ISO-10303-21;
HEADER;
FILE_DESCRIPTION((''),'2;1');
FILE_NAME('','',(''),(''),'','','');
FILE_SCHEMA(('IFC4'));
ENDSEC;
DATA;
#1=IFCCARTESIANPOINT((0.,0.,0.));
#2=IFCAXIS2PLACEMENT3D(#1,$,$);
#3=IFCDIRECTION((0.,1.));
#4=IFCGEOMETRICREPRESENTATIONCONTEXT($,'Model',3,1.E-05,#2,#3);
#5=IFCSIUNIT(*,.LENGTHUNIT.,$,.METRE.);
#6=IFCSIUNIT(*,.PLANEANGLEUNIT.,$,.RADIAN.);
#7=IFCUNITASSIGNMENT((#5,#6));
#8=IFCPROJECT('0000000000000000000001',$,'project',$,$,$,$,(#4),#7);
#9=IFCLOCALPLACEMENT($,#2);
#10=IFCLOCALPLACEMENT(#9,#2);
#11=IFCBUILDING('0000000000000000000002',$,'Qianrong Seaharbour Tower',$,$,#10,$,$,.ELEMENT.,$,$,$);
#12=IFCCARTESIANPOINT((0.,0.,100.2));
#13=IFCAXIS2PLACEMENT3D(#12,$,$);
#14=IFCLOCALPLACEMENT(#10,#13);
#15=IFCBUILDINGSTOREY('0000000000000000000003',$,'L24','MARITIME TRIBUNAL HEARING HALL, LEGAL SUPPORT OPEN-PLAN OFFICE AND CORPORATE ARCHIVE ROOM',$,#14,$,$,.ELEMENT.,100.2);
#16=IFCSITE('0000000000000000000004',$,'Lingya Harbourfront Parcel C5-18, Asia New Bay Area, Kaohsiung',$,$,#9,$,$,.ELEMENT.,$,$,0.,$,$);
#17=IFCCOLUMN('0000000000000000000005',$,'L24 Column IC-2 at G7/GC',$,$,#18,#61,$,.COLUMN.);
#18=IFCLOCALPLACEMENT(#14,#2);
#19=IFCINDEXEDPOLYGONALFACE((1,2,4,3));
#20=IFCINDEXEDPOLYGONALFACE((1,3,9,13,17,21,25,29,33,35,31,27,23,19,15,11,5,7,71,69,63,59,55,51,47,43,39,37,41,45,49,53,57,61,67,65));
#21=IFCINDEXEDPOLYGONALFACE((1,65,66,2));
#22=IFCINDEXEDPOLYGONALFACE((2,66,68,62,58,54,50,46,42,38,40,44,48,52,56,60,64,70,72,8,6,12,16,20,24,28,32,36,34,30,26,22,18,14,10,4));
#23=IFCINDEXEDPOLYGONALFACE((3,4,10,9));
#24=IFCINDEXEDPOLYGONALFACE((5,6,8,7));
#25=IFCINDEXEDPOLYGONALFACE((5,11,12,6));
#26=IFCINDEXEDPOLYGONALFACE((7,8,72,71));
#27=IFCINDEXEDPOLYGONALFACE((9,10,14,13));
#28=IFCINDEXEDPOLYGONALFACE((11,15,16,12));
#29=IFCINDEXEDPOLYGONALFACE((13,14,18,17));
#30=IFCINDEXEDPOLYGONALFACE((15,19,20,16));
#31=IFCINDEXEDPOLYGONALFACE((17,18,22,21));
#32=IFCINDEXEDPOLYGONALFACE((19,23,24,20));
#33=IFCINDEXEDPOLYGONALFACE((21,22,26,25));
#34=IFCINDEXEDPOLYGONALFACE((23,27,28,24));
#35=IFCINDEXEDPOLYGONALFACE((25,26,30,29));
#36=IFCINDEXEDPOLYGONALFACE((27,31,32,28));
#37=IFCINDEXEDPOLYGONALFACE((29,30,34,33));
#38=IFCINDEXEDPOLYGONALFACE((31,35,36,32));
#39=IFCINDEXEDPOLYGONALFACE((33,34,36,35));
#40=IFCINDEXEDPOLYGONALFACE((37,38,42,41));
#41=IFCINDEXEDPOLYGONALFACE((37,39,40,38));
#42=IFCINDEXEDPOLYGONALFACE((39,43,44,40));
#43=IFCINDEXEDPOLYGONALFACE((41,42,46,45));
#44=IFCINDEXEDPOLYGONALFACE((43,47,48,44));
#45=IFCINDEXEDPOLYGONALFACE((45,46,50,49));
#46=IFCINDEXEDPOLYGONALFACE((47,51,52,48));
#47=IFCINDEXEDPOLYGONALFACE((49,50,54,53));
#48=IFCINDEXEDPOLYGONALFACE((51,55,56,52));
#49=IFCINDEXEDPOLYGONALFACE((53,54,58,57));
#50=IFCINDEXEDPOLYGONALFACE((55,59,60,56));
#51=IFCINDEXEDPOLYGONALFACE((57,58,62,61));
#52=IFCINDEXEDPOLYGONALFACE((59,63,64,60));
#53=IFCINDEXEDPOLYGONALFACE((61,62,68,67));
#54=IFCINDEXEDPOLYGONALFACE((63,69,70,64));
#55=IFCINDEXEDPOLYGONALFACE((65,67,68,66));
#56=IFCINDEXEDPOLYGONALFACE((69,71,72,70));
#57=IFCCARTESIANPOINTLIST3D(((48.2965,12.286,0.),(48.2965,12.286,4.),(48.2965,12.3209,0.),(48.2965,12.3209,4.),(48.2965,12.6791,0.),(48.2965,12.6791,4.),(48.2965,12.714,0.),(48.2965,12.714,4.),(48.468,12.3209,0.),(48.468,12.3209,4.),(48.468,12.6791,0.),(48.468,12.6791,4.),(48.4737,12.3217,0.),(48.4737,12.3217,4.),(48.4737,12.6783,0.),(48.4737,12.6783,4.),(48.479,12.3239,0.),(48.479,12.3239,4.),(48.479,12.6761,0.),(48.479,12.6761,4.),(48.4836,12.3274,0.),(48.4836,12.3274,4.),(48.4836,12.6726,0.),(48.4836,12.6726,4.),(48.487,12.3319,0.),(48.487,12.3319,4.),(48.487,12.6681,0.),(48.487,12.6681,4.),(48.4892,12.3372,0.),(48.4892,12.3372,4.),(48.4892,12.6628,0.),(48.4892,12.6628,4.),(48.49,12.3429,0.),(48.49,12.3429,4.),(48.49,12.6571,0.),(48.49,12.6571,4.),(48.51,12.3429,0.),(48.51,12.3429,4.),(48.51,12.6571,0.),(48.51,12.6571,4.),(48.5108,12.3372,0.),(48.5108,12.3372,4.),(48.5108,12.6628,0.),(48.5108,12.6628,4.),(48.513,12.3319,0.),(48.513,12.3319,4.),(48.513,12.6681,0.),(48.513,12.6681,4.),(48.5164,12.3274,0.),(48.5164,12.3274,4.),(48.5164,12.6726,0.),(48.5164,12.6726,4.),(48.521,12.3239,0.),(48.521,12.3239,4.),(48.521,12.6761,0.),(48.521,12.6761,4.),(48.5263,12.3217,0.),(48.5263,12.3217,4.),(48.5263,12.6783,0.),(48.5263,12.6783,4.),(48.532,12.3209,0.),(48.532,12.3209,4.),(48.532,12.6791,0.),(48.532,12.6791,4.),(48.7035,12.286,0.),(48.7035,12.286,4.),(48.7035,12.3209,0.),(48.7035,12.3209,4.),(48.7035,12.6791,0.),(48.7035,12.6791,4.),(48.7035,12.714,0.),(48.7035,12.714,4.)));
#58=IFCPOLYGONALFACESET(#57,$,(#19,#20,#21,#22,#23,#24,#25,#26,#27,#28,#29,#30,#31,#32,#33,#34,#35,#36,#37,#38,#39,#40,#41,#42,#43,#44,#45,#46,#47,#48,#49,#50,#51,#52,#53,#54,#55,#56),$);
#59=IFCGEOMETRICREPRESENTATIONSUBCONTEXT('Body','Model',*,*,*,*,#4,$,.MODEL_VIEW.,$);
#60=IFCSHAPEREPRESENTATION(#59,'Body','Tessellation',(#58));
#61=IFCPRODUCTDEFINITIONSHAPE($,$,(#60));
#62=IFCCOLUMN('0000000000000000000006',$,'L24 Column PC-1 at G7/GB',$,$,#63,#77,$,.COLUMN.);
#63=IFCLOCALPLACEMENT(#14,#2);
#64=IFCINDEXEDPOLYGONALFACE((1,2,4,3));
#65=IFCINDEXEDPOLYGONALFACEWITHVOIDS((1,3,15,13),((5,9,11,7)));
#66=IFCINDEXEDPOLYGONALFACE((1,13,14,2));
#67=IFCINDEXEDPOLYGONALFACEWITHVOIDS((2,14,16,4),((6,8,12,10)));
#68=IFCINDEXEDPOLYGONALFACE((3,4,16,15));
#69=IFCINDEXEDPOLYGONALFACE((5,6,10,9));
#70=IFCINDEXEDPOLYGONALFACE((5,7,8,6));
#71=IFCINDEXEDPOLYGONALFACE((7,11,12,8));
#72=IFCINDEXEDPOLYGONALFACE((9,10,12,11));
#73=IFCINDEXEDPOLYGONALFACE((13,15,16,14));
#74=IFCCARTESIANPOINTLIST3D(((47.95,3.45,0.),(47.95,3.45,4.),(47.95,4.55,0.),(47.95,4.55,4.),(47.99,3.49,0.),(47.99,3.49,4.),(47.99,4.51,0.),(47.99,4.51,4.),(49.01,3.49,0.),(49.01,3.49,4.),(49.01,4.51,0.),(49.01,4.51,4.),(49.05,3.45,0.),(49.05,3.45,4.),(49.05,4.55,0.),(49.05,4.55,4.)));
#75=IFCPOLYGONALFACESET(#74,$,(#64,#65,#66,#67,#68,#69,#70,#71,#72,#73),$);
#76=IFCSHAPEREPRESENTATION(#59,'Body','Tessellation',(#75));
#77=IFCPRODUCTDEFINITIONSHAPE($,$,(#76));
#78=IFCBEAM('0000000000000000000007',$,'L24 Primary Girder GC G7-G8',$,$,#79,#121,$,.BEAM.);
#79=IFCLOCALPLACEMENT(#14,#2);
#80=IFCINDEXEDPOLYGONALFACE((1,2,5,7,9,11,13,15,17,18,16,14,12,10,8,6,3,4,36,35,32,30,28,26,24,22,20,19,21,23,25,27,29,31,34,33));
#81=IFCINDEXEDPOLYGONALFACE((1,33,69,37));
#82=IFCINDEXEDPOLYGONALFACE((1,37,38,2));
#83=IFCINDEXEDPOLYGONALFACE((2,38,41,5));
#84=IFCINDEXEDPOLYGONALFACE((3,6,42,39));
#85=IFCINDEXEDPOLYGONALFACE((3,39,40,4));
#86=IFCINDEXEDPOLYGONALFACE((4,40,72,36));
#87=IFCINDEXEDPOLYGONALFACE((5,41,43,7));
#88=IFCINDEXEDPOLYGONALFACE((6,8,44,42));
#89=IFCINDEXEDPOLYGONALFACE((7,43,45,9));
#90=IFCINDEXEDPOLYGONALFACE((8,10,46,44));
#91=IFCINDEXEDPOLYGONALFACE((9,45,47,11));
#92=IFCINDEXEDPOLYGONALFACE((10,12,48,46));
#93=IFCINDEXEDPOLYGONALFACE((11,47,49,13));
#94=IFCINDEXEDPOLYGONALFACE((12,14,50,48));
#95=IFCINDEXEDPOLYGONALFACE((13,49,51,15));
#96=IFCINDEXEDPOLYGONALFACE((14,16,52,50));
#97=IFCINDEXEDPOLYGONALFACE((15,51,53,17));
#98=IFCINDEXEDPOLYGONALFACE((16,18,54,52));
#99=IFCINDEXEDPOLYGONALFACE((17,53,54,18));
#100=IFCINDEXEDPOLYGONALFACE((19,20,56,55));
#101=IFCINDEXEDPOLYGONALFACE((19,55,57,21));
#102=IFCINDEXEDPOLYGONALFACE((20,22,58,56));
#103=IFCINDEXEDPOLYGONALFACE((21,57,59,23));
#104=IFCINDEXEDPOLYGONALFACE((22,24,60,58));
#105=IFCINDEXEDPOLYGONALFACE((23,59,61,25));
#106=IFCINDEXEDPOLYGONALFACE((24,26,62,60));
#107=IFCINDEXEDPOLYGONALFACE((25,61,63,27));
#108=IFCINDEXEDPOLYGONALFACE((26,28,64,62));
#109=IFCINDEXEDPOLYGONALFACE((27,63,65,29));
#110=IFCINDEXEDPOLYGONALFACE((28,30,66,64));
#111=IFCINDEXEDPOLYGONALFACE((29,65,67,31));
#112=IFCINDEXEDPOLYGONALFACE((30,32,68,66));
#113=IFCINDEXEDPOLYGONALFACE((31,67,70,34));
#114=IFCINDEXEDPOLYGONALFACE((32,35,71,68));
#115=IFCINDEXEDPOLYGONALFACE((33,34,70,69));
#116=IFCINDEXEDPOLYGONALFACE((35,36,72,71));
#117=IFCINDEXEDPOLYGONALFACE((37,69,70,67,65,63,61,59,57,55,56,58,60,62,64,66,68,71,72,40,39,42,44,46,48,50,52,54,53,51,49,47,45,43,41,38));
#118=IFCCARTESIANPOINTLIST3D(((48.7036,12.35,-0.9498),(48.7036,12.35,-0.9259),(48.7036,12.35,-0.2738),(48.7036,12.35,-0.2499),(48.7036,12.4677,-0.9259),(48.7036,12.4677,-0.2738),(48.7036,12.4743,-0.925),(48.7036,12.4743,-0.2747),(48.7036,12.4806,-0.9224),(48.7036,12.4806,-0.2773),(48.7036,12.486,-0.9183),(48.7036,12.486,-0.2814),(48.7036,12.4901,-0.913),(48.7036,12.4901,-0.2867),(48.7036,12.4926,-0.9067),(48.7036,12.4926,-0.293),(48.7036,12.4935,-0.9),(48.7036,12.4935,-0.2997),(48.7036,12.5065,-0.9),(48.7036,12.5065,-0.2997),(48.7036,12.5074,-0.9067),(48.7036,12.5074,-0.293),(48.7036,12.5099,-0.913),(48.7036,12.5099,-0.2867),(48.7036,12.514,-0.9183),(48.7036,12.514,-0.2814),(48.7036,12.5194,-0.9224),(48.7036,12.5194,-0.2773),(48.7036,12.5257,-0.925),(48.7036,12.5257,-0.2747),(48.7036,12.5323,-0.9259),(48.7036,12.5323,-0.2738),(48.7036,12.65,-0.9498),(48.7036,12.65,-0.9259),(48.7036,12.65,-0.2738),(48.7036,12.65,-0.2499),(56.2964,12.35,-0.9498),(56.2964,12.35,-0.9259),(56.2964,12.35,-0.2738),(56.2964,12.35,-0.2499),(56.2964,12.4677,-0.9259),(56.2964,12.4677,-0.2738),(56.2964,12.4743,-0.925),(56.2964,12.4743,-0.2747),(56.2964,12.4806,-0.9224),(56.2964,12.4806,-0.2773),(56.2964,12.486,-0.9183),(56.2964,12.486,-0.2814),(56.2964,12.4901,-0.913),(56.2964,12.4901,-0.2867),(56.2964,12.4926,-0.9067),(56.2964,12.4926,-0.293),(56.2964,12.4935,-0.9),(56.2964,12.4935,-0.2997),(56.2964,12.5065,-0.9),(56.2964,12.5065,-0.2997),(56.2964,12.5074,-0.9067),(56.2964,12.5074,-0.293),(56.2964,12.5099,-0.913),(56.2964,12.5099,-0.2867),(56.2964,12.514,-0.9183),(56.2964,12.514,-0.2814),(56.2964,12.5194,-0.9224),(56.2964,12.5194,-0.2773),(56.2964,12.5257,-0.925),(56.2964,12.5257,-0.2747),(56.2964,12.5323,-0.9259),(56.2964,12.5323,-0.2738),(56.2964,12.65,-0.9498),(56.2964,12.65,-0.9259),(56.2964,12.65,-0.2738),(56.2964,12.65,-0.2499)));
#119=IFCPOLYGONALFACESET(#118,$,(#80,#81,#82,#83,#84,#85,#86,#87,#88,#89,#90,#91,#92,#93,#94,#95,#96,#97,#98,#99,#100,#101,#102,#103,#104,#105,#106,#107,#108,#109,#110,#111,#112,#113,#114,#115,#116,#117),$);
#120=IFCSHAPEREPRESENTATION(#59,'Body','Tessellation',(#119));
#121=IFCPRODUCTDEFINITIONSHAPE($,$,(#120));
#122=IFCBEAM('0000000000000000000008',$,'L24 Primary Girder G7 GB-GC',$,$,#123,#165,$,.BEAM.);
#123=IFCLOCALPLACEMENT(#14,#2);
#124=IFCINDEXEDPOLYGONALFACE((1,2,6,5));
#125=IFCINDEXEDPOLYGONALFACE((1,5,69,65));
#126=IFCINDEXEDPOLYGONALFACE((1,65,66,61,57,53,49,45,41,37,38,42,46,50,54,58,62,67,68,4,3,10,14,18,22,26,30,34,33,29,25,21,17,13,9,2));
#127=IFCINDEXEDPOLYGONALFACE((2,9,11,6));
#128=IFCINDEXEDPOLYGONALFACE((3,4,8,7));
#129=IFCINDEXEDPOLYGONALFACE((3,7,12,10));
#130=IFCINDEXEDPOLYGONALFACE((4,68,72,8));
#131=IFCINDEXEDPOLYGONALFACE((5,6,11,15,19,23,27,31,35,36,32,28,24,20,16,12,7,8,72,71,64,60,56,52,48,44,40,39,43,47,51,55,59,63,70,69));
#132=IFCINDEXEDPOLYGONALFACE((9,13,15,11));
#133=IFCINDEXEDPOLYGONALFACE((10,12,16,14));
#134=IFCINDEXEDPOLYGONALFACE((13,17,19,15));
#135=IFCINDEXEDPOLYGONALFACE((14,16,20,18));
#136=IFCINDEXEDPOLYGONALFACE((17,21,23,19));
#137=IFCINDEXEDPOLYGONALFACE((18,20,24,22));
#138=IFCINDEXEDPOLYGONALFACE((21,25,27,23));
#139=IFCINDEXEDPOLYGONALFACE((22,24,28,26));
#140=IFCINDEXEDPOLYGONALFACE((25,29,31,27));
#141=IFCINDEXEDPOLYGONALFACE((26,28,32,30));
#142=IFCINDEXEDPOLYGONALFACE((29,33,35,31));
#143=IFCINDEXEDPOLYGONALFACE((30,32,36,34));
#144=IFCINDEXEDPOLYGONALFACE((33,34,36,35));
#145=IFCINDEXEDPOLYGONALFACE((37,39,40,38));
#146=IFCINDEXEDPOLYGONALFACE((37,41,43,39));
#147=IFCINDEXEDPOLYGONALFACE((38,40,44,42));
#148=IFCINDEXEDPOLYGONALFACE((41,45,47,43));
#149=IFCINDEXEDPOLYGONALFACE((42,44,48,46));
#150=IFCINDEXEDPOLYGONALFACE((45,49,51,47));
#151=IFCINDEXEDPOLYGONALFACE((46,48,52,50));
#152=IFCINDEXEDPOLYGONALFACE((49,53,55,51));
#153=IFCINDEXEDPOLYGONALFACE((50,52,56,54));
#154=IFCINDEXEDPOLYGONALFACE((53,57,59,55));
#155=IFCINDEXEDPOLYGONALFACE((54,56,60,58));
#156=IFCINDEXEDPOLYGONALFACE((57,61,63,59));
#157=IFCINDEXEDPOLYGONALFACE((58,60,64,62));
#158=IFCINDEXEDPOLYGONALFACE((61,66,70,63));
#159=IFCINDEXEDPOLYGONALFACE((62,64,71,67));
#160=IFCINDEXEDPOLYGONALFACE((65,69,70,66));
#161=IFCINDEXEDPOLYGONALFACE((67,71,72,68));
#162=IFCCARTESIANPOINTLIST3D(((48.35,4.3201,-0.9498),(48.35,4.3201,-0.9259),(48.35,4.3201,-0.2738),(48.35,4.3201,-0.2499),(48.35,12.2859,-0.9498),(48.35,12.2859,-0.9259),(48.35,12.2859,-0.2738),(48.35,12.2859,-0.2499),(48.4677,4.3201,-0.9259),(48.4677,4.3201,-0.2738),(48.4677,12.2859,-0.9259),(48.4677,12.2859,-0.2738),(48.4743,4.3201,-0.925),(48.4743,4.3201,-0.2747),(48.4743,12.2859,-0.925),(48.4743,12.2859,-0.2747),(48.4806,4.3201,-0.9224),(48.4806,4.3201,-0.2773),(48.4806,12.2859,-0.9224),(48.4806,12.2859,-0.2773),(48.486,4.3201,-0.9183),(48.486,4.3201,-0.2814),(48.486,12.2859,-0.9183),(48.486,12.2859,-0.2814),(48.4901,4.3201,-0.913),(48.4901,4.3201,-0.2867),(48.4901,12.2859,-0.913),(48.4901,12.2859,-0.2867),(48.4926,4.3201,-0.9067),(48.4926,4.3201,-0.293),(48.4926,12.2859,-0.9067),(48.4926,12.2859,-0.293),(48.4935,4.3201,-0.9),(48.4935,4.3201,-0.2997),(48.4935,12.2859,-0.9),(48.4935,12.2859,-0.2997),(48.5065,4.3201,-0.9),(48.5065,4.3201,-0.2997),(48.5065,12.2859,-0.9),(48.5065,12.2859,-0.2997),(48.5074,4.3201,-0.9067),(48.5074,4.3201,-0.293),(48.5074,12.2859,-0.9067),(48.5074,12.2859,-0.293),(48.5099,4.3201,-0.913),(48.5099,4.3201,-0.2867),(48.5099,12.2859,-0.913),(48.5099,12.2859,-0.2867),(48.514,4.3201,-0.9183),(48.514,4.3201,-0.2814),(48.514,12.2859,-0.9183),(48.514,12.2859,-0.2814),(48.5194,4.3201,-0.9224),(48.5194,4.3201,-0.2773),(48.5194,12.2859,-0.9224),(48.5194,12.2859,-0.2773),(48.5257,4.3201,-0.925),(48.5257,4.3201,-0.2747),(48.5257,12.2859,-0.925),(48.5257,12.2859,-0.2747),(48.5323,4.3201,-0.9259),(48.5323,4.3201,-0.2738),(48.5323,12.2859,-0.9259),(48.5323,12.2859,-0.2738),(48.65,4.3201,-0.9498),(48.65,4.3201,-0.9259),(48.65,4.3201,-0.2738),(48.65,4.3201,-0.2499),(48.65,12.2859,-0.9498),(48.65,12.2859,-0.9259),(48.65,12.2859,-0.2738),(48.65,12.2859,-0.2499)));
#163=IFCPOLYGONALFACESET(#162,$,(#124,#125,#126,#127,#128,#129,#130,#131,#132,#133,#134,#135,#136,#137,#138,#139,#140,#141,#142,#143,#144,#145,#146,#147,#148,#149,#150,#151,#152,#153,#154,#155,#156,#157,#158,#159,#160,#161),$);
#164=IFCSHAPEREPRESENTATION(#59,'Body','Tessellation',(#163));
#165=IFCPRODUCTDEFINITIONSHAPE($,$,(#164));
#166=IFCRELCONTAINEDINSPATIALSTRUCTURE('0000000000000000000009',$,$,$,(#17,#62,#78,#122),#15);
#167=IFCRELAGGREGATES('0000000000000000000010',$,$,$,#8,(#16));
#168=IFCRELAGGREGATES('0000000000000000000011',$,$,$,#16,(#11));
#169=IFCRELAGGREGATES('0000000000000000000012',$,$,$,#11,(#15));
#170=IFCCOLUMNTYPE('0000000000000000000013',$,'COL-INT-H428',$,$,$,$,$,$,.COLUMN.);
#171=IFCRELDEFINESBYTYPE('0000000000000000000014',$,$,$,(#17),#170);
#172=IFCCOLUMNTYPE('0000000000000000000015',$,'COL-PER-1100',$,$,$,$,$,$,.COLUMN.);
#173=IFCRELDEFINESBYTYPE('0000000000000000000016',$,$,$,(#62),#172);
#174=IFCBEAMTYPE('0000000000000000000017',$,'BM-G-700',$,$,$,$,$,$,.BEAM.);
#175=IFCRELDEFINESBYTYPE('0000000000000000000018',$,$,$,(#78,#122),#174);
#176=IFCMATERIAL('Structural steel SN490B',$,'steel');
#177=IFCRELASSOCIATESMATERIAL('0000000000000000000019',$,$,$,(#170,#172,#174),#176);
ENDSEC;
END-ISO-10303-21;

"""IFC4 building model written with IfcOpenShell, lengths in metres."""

from ifc_helpers import new_model, si_unit, direction, frame, origin, origin_2d, place, context, subcontext, project, spatial, hollow_rectangle, i_section, extrude, material, material_profile, profile_set, type_object, element, save


model = new_model("IFC4")

# Units and contexts
model_context = context("Model", 3, precision=1e-05, world=origin(), true_north=direction((0.0, 1.0)))
body_context = subcontext(model_context, "Body", "Model", "MODEL_VIEW")
ifc_project = project(units=[si_unit("LENGTHUNIT", "METRE"), si_unit("PLANEANGLEUNIT", "RADIAN")], contexts=[model_context])

# Site, building, storey
site_placement = place(None, origin())
site = spatial("IfcSite", under=ifc_project, at=site_placement, Name="Lingya Harbourfront Parcel C5-18, Asia New Bay Area, Kaohsiung", CompositionType="ELEMENT", RefElevation=0.0)
building_placement = place(site_placement, origin())
building = spatial("IfcBuilding", under=site, at=building_placement, Name="Qianrong Seaharbour Tower", CompositionType="ELEMENT")
storey_placement = place(building_placement, frame((0.0, 0.0, 100.2)))
storey = spatial("IfcBuildingStorey", under=building, at=storey_placement, Name="L24", Description="MARITIME TRIBUNAL HEARING HALL, LEGAL SUPPORT OPEN-PLAN OFFICE AND CORPORATE ARCHIVE ROOM", CompositionType="ELEMENT", Elevation=100.2)

# Columns
ifc_material_1 = material(Name="Structural steel SN490B", Category="steel")
ifc_material_profile_1 = material_profile(ifc_material_1, i_section(OverallWidth=0.407, OverallDepth=0.428, WebThickness=0.02, FlangeThickness=0.0349, FilletRadius=0.022, at=origin_2d()), Name="H428x407x20x35")
ifc_profile_set_1 = profile_set([ifc_material_profile_1], Name="Structural steel SN490B")
column_type_1 = type_object("IfcColumnType", Name="COL-INT-H428", PredefinedType="COLUMN", material=ifc_profile_set_1)
column_1_placement = place(storey_placement, frame((48.5, 12.5, 0.0), z_axis=(0.0, 0.0, 1.0), x_axis=(1.0, 0.0, 0.0)))
element("IfcColumn", 1, at=column_1_placement, inside=storey, type_object=column_type_1, Name="L24 Column IC-2 at G7/GC", PredefinedType="COLUMN", context=body_context, shape_type="SweptSolid", body=[
    extrude(i_section(OverallWidth=0.407, OverallDepth=0.428, WebThickness=0.02, FlangeThickness=0.0349, FilletRadius=0.022, at=origin_2d()), origin(), (0.0, 0.0, 1.0), 4.0),
])
ifc_material_profile_2 = material_profile(ifc_material_1, hollow_rectangle(XDim=1.1001, YDim=1.1001, WallThickness=0.04, at=origin_2d()), Name="BOX1100x1100x40")
ifc_profile_set_2 = profile_set([ifc_material_profile_2], Name="Structural steel SN490B")
column_type_2 = type_object("IfcColumnType", Name="COL-PER-1100", PredefinedType="COLUMN", material=ifc_profile_set_2)
column_2_placement = place(storey_placement, frame((48.5, 4.0, 0.0), z_axis=(0.0, 0.0, 1.0), x_axis=(1.0, 0.0, 0.0)))
element("IfcColumn", 2, at=column_2_placement, inside=storey, type_object=column_type_2, Name="L24 Column PC-1 at G7/GB", PredefinedType="COLUMN", context=body_context, shape_type="SweptSolid", body=[
    extrude(hollow_rectangle(XDim=1.1001, YDim=1.1001, WallThickness=0.04, at=origin_2d()), origin(), (0.0, 0.0, 1.0), 4.0),
])

# Beams
ifc_material_profile_3 = material_profile(ifc_material_1, i_section(OverallWidth=0.3, OverallDepth=0.7, WebThickness=0.0129, FlangeThickness=0.0239, FilletRadius=0.0259, at=origin_2d()), Name="H700x300x13x24")
ifc_profile_set_3 = profile_set([ifc_material_profile_3], Name="Structural steel SN490B")
beam_type_1 = type_object("IfcBeamType", Name="BM-G-700", PredefinedType="BEAM", material=ifc_profile_set_3)
beam_1_placement = place(storey_placement, frame((48.7036, 12.5, -0.5999), z_axis=(1.0, 0.0, 0.0), x_axis=(0.0, 1.0, 0.0)))
element("IfcBeam", 3, at=beam_1_placement, inside=storey, type_object=beam_type_1, Name="L24 Primary Girder GC G7-G8", PredefinedType="BEAM", context=body_context, shape_type="SweptSolid", body=[
    extrude(i_section(OverallWidth=0.3, OverallDepth=0.7, WebThickness=0.0129, FlangeThickness=0.0239, FilletRadius=0.0259, at=origin_2d()), origin(), (0.0, 0.0, 1.0), 7.5928),
])
beam_2_placement = place(storey_placement, frame((48.5, 4.3201, -0.5999), z_axis=(0.0, 1.0, 0.0), x_axis=(-1.0, 0.0, 0.0)))
element("IfcBeam", 4, at=beam_2_placement, inside=storey, type_object=beam_type_1, Name="L24 Primary Girder G7 GB-GC", PredefinedType="BEAM", context=body_context, shape_type="SweptSolid", body=[
    extrude(i_section(OverallWidth=0.3, OverallDepth=0.7, WebThickness=0.0129, FlangeThickness=0.0239, FilletRadius=0.0259, at=origin_2d()), origin(), (0.0, 0.0, 1.0), 7.9658),
])

save(model, "model.ifc")
